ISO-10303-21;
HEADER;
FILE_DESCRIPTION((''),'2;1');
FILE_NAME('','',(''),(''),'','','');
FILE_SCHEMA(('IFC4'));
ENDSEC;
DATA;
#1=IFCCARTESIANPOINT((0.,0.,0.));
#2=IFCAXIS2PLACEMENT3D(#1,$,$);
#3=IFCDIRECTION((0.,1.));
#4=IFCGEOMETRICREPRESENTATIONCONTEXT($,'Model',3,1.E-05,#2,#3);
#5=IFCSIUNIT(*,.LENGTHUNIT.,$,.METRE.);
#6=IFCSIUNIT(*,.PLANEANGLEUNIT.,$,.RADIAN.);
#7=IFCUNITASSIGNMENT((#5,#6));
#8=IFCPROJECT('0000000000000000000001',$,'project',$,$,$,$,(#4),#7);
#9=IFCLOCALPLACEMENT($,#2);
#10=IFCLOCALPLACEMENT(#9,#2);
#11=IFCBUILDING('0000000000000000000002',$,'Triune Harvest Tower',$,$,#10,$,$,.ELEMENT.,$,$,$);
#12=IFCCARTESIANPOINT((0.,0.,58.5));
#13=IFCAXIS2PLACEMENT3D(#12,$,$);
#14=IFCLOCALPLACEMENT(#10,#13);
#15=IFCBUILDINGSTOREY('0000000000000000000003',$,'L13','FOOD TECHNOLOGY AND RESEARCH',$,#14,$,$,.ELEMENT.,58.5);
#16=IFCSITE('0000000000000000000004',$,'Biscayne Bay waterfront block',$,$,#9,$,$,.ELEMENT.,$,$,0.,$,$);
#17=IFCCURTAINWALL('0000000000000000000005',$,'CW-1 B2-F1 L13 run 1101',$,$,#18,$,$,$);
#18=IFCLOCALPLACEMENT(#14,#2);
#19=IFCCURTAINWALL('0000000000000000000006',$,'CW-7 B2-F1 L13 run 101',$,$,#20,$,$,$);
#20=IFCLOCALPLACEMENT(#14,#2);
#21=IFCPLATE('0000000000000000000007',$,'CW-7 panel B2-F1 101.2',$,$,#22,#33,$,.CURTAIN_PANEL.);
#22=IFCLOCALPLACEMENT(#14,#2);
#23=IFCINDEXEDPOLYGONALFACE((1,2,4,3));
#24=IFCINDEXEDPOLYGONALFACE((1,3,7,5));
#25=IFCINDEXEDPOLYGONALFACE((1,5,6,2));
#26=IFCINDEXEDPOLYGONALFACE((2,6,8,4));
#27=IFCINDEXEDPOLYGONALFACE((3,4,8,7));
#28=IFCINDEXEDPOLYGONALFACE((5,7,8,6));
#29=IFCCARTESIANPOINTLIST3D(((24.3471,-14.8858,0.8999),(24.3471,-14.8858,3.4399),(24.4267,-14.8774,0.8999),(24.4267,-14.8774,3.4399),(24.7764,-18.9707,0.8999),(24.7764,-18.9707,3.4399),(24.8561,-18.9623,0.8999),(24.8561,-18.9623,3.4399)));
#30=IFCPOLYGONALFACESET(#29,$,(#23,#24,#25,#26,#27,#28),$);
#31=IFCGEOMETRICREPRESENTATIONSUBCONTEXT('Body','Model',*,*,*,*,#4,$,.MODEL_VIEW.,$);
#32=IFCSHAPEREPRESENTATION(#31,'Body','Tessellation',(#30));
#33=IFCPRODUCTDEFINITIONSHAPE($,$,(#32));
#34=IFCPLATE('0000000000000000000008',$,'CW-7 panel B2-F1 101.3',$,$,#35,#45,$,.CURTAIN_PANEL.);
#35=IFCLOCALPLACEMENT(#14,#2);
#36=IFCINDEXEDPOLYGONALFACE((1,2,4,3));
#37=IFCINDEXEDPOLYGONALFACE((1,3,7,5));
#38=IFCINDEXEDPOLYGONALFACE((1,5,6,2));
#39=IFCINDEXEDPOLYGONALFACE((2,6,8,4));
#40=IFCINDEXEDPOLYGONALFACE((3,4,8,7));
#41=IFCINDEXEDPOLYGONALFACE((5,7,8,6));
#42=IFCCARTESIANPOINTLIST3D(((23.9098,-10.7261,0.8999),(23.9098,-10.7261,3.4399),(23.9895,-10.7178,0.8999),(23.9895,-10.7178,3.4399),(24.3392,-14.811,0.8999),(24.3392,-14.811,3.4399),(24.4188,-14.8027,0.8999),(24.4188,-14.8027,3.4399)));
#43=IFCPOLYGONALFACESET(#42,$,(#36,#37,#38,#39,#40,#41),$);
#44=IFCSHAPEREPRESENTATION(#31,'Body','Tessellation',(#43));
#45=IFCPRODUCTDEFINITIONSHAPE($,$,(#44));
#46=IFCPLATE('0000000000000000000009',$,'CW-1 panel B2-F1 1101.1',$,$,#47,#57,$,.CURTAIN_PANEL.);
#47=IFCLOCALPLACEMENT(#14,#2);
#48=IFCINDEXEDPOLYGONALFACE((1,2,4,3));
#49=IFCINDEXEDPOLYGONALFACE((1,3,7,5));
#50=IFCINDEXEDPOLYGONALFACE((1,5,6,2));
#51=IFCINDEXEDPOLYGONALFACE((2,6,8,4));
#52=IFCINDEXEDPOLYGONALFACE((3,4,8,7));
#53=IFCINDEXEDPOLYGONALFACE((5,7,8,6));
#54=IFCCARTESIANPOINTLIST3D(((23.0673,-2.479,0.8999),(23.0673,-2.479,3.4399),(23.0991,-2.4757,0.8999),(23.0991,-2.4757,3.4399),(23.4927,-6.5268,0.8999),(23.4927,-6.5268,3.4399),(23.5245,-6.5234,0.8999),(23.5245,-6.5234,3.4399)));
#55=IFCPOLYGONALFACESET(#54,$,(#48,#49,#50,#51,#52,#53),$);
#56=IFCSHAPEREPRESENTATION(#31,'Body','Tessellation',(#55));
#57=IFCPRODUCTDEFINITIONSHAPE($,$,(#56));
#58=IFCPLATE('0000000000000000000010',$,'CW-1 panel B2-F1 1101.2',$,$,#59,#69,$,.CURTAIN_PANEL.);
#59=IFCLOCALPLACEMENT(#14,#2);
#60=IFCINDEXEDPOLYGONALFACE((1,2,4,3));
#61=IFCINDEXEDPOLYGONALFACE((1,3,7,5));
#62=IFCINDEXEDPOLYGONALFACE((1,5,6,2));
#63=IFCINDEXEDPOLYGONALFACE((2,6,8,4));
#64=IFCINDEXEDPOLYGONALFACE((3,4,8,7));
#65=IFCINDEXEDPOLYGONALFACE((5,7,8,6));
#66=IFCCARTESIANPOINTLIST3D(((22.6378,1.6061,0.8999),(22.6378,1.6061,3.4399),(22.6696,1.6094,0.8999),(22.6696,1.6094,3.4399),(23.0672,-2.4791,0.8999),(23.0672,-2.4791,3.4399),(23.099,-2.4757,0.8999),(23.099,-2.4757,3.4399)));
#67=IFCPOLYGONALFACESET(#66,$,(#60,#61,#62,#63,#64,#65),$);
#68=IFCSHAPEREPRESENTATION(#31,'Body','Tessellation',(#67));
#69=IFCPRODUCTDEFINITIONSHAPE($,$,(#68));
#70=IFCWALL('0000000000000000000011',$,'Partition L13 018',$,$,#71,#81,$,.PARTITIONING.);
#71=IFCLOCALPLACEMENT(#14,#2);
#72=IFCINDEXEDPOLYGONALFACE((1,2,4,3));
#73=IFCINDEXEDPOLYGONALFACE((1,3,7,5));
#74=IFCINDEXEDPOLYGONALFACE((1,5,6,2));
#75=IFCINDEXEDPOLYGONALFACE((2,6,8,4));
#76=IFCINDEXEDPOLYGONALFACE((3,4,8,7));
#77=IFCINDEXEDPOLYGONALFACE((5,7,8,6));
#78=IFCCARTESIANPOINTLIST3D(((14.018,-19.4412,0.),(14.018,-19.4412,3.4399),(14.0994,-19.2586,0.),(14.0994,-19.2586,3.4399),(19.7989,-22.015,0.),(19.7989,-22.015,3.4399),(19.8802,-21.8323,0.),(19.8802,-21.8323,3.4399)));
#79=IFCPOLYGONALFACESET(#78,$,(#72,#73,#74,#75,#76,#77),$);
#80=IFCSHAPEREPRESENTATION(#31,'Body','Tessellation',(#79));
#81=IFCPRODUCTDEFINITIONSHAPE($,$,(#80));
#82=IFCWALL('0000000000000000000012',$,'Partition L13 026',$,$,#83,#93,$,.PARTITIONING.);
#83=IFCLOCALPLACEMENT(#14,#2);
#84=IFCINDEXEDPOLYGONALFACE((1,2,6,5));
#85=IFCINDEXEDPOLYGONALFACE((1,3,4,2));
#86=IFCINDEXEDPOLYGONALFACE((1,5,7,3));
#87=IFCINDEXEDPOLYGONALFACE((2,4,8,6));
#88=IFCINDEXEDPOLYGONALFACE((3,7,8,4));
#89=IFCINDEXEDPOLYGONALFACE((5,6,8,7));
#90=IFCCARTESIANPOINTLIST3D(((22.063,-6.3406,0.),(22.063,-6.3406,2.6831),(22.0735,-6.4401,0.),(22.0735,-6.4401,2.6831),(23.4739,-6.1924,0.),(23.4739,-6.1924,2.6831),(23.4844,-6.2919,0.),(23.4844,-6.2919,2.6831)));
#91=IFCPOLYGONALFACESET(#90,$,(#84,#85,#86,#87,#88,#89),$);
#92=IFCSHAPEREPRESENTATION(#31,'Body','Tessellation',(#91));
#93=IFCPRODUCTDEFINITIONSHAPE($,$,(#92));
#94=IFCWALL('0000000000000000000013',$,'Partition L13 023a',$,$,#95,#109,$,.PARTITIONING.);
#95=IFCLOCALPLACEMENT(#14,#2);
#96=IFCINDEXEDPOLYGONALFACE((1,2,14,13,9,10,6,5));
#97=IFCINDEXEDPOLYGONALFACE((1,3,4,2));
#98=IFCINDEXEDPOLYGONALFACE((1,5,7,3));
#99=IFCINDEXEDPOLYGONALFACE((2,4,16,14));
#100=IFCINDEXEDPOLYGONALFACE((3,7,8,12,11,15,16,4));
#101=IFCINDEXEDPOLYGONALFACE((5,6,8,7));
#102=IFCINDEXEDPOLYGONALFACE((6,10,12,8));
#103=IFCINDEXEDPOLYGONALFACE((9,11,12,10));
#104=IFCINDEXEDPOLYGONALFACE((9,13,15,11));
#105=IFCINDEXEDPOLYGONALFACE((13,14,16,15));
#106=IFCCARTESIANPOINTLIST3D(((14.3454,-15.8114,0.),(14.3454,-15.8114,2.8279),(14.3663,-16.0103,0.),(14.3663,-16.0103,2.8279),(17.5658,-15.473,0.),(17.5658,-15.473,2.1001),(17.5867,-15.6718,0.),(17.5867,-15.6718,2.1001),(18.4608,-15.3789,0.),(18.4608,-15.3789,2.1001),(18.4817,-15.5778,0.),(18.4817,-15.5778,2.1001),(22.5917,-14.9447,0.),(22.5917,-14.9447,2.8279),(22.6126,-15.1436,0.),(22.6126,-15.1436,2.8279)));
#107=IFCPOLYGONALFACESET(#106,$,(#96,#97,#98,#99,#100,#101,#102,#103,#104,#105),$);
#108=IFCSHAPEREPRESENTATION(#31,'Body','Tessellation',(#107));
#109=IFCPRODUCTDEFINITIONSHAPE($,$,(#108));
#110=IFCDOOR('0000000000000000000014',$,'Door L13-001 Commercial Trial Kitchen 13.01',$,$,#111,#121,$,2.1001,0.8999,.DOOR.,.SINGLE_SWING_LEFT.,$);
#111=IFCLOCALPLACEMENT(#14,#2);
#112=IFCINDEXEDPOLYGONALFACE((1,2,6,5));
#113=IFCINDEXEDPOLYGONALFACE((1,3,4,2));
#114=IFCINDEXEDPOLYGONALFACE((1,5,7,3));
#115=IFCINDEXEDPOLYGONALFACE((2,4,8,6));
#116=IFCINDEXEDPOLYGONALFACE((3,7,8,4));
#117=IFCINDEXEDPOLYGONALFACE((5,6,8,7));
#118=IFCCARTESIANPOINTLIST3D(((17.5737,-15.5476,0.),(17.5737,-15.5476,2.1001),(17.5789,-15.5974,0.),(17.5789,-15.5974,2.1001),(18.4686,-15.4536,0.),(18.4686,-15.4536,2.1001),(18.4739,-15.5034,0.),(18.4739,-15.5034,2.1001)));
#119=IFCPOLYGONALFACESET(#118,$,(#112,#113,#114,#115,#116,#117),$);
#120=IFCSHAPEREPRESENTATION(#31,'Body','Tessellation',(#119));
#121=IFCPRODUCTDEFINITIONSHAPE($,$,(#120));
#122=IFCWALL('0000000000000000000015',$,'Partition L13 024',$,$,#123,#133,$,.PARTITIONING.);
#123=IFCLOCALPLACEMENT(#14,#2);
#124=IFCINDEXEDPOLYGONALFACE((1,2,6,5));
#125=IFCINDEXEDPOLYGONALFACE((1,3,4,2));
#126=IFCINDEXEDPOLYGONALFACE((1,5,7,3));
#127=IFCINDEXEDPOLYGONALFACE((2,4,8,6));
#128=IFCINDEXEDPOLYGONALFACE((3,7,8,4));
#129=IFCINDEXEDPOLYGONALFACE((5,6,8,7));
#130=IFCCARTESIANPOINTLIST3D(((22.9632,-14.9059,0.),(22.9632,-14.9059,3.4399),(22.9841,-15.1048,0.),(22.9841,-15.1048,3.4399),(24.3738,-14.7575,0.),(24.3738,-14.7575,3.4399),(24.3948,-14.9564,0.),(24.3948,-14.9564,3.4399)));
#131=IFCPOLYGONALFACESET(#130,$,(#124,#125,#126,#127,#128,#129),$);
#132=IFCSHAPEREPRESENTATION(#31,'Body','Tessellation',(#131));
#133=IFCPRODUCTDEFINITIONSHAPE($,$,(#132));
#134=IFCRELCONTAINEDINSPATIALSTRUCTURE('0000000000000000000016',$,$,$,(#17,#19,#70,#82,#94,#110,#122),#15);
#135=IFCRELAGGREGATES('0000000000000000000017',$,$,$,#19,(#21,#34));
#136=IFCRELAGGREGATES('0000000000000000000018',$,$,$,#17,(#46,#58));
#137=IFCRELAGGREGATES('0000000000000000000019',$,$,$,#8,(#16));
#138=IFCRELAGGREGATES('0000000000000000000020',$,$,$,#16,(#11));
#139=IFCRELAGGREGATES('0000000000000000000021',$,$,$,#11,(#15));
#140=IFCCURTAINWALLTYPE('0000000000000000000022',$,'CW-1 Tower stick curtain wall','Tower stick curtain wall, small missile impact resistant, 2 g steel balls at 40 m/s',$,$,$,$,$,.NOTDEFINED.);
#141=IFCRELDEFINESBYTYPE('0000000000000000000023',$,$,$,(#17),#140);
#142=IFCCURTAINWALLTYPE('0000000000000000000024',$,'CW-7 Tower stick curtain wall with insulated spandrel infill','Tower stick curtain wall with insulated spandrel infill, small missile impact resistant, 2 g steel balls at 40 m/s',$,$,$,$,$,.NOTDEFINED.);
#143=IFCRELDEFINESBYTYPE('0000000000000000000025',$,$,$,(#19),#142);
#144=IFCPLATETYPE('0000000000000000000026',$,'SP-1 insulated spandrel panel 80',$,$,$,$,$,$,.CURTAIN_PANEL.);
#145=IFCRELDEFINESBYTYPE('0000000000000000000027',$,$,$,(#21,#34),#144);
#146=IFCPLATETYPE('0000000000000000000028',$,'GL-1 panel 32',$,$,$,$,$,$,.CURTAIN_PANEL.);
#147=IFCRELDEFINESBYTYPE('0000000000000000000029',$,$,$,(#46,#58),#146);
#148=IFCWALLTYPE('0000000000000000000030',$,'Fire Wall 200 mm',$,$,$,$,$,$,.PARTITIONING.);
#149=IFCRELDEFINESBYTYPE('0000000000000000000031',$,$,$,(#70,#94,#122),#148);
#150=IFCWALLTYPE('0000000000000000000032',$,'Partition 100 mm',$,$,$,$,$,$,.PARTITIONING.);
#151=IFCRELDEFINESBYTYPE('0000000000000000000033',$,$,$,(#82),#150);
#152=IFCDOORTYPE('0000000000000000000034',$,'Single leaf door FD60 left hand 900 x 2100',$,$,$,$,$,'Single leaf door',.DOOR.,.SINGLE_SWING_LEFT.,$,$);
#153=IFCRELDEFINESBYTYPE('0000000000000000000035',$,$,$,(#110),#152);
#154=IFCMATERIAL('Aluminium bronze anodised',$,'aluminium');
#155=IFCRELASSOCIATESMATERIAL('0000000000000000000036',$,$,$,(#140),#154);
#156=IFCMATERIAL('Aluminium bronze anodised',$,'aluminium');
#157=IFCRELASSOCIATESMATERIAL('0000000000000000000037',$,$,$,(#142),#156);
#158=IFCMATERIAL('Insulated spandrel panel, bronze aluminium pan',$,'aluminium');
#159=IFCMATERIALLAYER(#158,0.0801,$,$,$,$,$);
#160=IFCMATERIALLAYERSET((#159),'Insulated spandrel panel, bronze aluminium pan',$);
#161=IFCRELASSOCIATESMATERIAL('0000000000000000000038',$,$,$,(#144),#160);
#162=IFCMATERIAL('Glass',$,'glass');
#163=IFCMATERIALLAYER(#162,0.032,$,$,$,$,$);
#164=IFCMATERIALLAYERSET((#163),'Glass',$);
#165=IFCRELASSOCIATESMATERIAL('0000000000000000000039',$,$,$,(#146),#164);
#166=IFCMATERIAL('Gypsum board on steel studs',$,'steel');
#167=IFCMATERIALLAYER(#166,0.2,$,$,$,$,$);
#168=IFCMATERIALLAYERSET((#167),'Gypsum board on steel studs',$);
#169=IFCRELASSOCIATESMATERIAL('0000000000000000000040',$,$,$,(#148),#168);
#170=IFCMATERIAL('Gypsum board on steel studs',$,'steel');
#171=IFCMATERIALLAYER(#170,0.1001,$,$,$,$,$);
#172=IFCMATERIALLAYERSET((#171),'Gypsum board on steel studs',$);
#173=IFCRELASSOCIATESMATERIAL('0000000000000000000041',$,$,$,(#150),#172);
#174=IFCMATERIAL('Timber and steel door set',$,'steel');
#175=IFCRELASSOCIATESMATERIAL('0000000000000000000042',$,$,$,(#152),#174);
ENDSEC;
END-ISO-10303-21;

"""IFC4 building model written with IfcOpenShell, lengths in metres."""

from ifc_helpers import new_model, si_unit, direction, frame, frame_2d, origin, origin_2d, place, context, subcontext, project, spatial, rectangle, extrude, source, transform, mapped, material, layer, layer_set, type_object, element, fill, aggregate, save


model = new_model("IFC4")

# Units and contexts
model_context = context("Model", 3, precision=1e-05, world=origin(), true_north=direction((0.0, 1.0)))
body_context = subcontext(model_context, "Body", "Model", "MODEL_VIEW")
ifc_project = project(units=[si_unit("LENGTHUNIT", "METRE"), si_unit("PLANEANGLEUNIT", "RADIAN")], contexts=[model_context])

# Site, building, storey
site_placement = place(None, origin())
site = spatial("IfcSite", under=ifc_project, at=site_placement, Name="Biscayne Bay waterfront block", CompositionType="ELEMENT", RefElevation=0.0)
building_placement = place(site_placement, origin())
building = spatial("IfcBuilding", under=site, at=building_placement, Name="Triune Harvest Tower", CompositionType="ELEMENT")
storey_placement = place(building_placement, frame((0.0, 0.0, 58.5)))
storey = spatial("IfcBuildingStorey", under=building, at=storey_placement, Name="L13", Description="FOOD TECHNOLOGY AND RESEARCH", CompositionType="ELEMENT", Elevation=58.5)

# Curtain wall
ifc_material_1 = material(Name="Aluminium bronze anodised", Category="aluminium")
curtain_wall_type_1 = type_object("IfcCurtainWallType", Name="CW-1 Tower stick curtain wall", Description="Tower stick curtain wall, small missile impact resistant, 2 g steel balls at 40 m/s", PredefinedType="NOTDEFINED", material=ifc_material_1)
curtain_wall_1_placement = place(storey_placement, origin())
curtain_wall_1 = element("IfcCurtainWall", 1, at=curtain_wall_1_placement, inside=storey, type_object=curtain_wall_type_1, Name="CW-1 B2-F1 L13 run 1101")

# Curtain wall
ifc_material_2 = material(Name="Aluminium bronze anodised", Category="aluminium")
curtain_wall_type_2 = type_object("IfcCurtainWallType", Name="CW-7 Tower stick curtain wall with insulated spandrel infill", Description="Tower stick curtain wall with insulated spandrel infill, small missile impact resistant, 2 g steel balls at 40 m/s", PredefinedType="NOTDEFINED", material=ifc_material_2)
curtain_wall_2_placement = place(storey_placement, origin())
curtain_wall_2 = element("IfcCurtainWall", 2, at=curtain_wall_2_placement, inside=storey, type_object=curtain_wall_type_2, Name="CW-7 B2-F1 L13 run 101")

# Plates
ifc_material_3 = material(Name="Insulated spandrel panel, bronze aluminium pan", Category="aluminium")
ifc_layer_1 = layer(ifc_material_3, 0.0801)
ifc_layer_set_1 = layer_set([ifc_layer_1], Name="Insulated spandrel panel, bronze aluminium pan")
plate_type_1 = type_object("IfcPlateType", Name="SP-1 insulated spandrel panel 80", PredefinedType="CURTAIN_PANEL", material=ifc_layer_set_1)
shared_shape_1 = source(origin(), body_context, "Body", "SweptSolid", [
    extrude(rectangle(XDim=4.1074, YDim=0.0801, at=origin_2d()), origin(), (0.0, 0.0, 1.0), 2.54),
])
plate_1_placement = place(storey_placement, frame((24.6016, -16.9241, 0.8999), z_axis=(0.0, 0.0, 1.0), x_axis=(-0.104529, 0.994522, 0.0)))
plate_1 = element("IfcPlate", 3, at=plate_1_placement, type_object=plate_type_1, Name="CW-7 panel B2-F1 101.2", PredefinedType="CURTAIN_PANEL", context=body_context, shape_type="MappedRepresentation", body=[
    mapped(shared_shape_1, transform((0.0, 0.0, 0.0), scale=1.0)),
])
plate_2_placement = place(storey_placement, frame((24.1643, -12.7644, 0.8999), z_axis=(0.0, 0.0, 1.0), x_axis=(-0.104529, 0.994522, 0.0)))
plate_2 = element("IfcPlate", 4, at=plate_2_placement, type_object=plate_type_1, Name="CW-7 panel B2-F1 101.3", PredefinedType="CURTAIN_PANEL", context=body_context, shape_type="MappedRepresentation", body=[
    mapped(shared_shape_1, transform((0.0, 0.0, 0.0), scale=1.0)),
])
aggregate(curtain_wall_2, [plate_1, plate_2])
ifc_material_4 = material(Name="Glass", Category="glass")
ifc_layer_2 = layer(ifc_material_4, 0.032)
ifc_layer_set_2 = layer_set([ifc_layer_2], Name="Glass")
plate_type_2 = type_object("IfcPlateType", Name="GL-1 panel 32", PredefinedType="CURTAIN_PANEL", material=ifc_layer_set_2)
shared_shape_2 = source(origin(), body_context, "Body", "SweptSolid", [
    extrude(rectangle(XDim=4.0701, YDim=0.032, at=origin_2d()), origin(), (0.0, 0.0, 1.0), 2.54),
])
plate_3_placement = place(storey_placement, frame((23.2959, -4.5012, 0.8999), z_axis=(0.0, 0.0, 1.0), x_axis=(-0.104528, 0.994522, 0.0)))
plate_3 = element("IfcPlate", 5, at=plate_3_placement, type_object=plate_type_2, Name="CW-1 panel B2-F1 1101.1", PredefinedType="CURTAIN_PANEL", context=body_context, shape_type="MappedRepresentation", body=[
    mapped(shared_shape_2, transform((0.0, 0.0, 0.0), scale=1.0)),
])
shared_shape_3 = source(origin(), body_context, "Body", "SweptSolid", [
    extrude(rectangle(XDim=4.1077, YDim=0.032, at=origin_2d()), origin(), (0.0, 0.0, 1.0), 2.54),
])
plate_4_placement = place(storey_placement, frame((22.8684, -0.4348, 0.8999), z_axis=(0.0, 0.0, 1.0), x_axis=(-0.104528, 0.994522, 0.0)))
plate_4 = element("IfcPlate", 6, at=plate_4_placement, type_object=plate_type_2, Name="CW-1 panel B2-F1 1101.2", PredefinedType="CURTAIN_PANEL", context=body_context, shape_type="MappedRepresentation", body=[
    mapped(shared_shape_3, transform((0.0, 0.0, 0.0), scale=1.0)),
])
aggregate(curtain_wall_1, [plate_3, plate_4])

# Walls
ifc_material_5 = material(Name="Gypsum board on steel studs", Category="steel")
ifc_layer_3 = layer(ifc_material_5, 0.2)
ifc_layer_set_3 = layer_set([ifc_layer_3], Name="Gypsum board on steel studs")
wall_type_1 = type_object("IfcWallType", Name="Fire Wall 200 mm", PredefinedType="PARTITIONING", material=ifc_layer_set_3)
wall_1_placement = place(storey_placement, frame((14.0586, -19.3499, 0.0), z_axis=(0.0, 0.0, 1.0), x_axis=(0.913547, -0.406733, 0.0)))
element("IfcWall", 7, at=wall_1_placement, inside=storey, type_object=wall_type_1, Name="Partition L13 018", PredefinedType="PARTITIONING", context=body_context, shape_type="SweptSolid", body=[
    extrude(rectangle(XDim=6.3279, YDim=0.2, at=frame_2d((3.1641, 0.0))), origin(), (0.0, 0.0, 1.0), 3.4399),
])
ifc_material_6 = material(Name="Gypsum board on steel studs", Category="steel")
ifc_layer_4 = layer(ifc_material_6, 0.1001)
ifc_layer_set_4 = layer_set([ifc_layer_4], Name="Gypsum board on steel studs")
wall_type_2 = type_object("IfcWallType", Name="Partition 100 mm", PredefinedType="PARTITIONING", material=ifc_layer_set_4)
wall_2_placement = place(storey_placement, frame((22.0681, -6.3904, 0.0), z_axis=(0.0, 0.0, 1.0), x_axis=(0.994529, 0.104461, 0.0)))
element("IfcWall", 8, at=wall_2_placement, inside=storey, type_object=wall_type_2, Name="Partition L13 026", PredefinedType="PARTITIONING", context=body_context, shape_type="SweptSolid", body=[
    extrude(rectangle(XDim=1.4187, YDim=0.1001, at=frame_2d((0.7095, 0.0))), origin(), (0.0, 0.0, 1.0), 2.6831),
])

# Wall, opening, door
shared_shape_4 = source(origin(), body_context, "Body", "SweptSolid", [
    extrude(rectangle(XDim=8.2917, YDim=0.2, at=frame_2d((4.146, 0.0))), origin(), (0.0, 0.0, 1.0), 2.8279),
])
wall_3_placement = place(storey_placement, frame((14.3557, -15.9109, 0.0), z_axis=(0.0, 0.0, 1.0), x_axis=(0.994522, 0.104525, 0.0)))
wall_3 = element("IfcWall", 9, at=wall_3_placement, inside=storey, type_object=wall_type_1, Name="Partition L13 023a", PredefinedType="PARTITIONING", context=body_context, shape_type="MappedRepresentation", body=[
    mapped(shared_shape_4, transform((0.0, 0.0, 0.0), scale=1.0)),
])
opening_placement = place(wall_3_placement, frame((3.2383, 0.0, 0.0)))
opening = element("IfcOpeningElement", 10, at=opening_placement, cuts=wall_3, PredefinedType="OPENING", context=body_context, shape_type="SweptSolid", body=[
    extrude(rectangle(XDim=0.8999, YDim=2.1001, at=frame_2d((0.45, 1.05))), frame((0.0, 0.1099, 0.0), z_axis=(0.0, -1.0, 0.0), x_axis=(1.0, 0.0, 0.0)), (0.0, 0.0, 1.0), 0.22),
])
ifc_material_7 = material(Name="Timber and steel door set", Category="steel")
door_type = type_object("IfcDoorType", Name="Single leaf door FD60 left hand 900 x 2100", ElementType="Single leaf door", OperationType="SINGLE_SWING_LEFT", PredefinedType="DOOR", material=ifc_material_7)
door_placement = place(opening_placement, origin())
door = element("IfcDoor", 11, at=door_placement, inside=storey, type_object=door_type, Name="Door L13-001 Commercial Trial Kitchen 13.01", OperationType="SINGLE_SWING_LEFT", OverallHeight=2.1001, OverallWidth=0.8999, PredefinedType="DOOR", context=body_context, shape_type="SweptSolid", body=[
    extrude(rectangle(XDim=0.8999, YDim=2.1001, at=frame_2d((0.45, 1.05))), frame((0.0, 0.0249, 0.0), z_axis=(0.0, -1.0, 0.0), x_axis=(1.0, 0.0, 0.0)), (0.0, 0.0, 1.0), 0.05),
])
fill(opening, door)

# Wall
shared_shape_5 = source(origin(), body_context, "Body", "SweptSolid", [
    extrude(rectangle(XDim=1.4185, YDim=0.2, at=frame_2d((0.7092, 0.0))), origin(), (0.0, 0.0, 1.0), 3.4399),
])
wall_4_placement = place(storey_placement, frame((22.9736, -15.0054, 0.0), z_axis=(0.0, 0.0, 1.0), x_axis=(0.994509, 0.104649, 0.0)))
element("IfcWall", 12, at=wall_4_placement, inside=storey, type_object=wall_type_1, Name="Partition L13 024", PredefinedType="PARTITIONING", context=body_context, shape_type="MappedRepresentation", body=[
    mapped(shared_shape_5, transform((0.0, 0.0, 0.0), scale=1.0)),
])

save(model, "model.ifc")
